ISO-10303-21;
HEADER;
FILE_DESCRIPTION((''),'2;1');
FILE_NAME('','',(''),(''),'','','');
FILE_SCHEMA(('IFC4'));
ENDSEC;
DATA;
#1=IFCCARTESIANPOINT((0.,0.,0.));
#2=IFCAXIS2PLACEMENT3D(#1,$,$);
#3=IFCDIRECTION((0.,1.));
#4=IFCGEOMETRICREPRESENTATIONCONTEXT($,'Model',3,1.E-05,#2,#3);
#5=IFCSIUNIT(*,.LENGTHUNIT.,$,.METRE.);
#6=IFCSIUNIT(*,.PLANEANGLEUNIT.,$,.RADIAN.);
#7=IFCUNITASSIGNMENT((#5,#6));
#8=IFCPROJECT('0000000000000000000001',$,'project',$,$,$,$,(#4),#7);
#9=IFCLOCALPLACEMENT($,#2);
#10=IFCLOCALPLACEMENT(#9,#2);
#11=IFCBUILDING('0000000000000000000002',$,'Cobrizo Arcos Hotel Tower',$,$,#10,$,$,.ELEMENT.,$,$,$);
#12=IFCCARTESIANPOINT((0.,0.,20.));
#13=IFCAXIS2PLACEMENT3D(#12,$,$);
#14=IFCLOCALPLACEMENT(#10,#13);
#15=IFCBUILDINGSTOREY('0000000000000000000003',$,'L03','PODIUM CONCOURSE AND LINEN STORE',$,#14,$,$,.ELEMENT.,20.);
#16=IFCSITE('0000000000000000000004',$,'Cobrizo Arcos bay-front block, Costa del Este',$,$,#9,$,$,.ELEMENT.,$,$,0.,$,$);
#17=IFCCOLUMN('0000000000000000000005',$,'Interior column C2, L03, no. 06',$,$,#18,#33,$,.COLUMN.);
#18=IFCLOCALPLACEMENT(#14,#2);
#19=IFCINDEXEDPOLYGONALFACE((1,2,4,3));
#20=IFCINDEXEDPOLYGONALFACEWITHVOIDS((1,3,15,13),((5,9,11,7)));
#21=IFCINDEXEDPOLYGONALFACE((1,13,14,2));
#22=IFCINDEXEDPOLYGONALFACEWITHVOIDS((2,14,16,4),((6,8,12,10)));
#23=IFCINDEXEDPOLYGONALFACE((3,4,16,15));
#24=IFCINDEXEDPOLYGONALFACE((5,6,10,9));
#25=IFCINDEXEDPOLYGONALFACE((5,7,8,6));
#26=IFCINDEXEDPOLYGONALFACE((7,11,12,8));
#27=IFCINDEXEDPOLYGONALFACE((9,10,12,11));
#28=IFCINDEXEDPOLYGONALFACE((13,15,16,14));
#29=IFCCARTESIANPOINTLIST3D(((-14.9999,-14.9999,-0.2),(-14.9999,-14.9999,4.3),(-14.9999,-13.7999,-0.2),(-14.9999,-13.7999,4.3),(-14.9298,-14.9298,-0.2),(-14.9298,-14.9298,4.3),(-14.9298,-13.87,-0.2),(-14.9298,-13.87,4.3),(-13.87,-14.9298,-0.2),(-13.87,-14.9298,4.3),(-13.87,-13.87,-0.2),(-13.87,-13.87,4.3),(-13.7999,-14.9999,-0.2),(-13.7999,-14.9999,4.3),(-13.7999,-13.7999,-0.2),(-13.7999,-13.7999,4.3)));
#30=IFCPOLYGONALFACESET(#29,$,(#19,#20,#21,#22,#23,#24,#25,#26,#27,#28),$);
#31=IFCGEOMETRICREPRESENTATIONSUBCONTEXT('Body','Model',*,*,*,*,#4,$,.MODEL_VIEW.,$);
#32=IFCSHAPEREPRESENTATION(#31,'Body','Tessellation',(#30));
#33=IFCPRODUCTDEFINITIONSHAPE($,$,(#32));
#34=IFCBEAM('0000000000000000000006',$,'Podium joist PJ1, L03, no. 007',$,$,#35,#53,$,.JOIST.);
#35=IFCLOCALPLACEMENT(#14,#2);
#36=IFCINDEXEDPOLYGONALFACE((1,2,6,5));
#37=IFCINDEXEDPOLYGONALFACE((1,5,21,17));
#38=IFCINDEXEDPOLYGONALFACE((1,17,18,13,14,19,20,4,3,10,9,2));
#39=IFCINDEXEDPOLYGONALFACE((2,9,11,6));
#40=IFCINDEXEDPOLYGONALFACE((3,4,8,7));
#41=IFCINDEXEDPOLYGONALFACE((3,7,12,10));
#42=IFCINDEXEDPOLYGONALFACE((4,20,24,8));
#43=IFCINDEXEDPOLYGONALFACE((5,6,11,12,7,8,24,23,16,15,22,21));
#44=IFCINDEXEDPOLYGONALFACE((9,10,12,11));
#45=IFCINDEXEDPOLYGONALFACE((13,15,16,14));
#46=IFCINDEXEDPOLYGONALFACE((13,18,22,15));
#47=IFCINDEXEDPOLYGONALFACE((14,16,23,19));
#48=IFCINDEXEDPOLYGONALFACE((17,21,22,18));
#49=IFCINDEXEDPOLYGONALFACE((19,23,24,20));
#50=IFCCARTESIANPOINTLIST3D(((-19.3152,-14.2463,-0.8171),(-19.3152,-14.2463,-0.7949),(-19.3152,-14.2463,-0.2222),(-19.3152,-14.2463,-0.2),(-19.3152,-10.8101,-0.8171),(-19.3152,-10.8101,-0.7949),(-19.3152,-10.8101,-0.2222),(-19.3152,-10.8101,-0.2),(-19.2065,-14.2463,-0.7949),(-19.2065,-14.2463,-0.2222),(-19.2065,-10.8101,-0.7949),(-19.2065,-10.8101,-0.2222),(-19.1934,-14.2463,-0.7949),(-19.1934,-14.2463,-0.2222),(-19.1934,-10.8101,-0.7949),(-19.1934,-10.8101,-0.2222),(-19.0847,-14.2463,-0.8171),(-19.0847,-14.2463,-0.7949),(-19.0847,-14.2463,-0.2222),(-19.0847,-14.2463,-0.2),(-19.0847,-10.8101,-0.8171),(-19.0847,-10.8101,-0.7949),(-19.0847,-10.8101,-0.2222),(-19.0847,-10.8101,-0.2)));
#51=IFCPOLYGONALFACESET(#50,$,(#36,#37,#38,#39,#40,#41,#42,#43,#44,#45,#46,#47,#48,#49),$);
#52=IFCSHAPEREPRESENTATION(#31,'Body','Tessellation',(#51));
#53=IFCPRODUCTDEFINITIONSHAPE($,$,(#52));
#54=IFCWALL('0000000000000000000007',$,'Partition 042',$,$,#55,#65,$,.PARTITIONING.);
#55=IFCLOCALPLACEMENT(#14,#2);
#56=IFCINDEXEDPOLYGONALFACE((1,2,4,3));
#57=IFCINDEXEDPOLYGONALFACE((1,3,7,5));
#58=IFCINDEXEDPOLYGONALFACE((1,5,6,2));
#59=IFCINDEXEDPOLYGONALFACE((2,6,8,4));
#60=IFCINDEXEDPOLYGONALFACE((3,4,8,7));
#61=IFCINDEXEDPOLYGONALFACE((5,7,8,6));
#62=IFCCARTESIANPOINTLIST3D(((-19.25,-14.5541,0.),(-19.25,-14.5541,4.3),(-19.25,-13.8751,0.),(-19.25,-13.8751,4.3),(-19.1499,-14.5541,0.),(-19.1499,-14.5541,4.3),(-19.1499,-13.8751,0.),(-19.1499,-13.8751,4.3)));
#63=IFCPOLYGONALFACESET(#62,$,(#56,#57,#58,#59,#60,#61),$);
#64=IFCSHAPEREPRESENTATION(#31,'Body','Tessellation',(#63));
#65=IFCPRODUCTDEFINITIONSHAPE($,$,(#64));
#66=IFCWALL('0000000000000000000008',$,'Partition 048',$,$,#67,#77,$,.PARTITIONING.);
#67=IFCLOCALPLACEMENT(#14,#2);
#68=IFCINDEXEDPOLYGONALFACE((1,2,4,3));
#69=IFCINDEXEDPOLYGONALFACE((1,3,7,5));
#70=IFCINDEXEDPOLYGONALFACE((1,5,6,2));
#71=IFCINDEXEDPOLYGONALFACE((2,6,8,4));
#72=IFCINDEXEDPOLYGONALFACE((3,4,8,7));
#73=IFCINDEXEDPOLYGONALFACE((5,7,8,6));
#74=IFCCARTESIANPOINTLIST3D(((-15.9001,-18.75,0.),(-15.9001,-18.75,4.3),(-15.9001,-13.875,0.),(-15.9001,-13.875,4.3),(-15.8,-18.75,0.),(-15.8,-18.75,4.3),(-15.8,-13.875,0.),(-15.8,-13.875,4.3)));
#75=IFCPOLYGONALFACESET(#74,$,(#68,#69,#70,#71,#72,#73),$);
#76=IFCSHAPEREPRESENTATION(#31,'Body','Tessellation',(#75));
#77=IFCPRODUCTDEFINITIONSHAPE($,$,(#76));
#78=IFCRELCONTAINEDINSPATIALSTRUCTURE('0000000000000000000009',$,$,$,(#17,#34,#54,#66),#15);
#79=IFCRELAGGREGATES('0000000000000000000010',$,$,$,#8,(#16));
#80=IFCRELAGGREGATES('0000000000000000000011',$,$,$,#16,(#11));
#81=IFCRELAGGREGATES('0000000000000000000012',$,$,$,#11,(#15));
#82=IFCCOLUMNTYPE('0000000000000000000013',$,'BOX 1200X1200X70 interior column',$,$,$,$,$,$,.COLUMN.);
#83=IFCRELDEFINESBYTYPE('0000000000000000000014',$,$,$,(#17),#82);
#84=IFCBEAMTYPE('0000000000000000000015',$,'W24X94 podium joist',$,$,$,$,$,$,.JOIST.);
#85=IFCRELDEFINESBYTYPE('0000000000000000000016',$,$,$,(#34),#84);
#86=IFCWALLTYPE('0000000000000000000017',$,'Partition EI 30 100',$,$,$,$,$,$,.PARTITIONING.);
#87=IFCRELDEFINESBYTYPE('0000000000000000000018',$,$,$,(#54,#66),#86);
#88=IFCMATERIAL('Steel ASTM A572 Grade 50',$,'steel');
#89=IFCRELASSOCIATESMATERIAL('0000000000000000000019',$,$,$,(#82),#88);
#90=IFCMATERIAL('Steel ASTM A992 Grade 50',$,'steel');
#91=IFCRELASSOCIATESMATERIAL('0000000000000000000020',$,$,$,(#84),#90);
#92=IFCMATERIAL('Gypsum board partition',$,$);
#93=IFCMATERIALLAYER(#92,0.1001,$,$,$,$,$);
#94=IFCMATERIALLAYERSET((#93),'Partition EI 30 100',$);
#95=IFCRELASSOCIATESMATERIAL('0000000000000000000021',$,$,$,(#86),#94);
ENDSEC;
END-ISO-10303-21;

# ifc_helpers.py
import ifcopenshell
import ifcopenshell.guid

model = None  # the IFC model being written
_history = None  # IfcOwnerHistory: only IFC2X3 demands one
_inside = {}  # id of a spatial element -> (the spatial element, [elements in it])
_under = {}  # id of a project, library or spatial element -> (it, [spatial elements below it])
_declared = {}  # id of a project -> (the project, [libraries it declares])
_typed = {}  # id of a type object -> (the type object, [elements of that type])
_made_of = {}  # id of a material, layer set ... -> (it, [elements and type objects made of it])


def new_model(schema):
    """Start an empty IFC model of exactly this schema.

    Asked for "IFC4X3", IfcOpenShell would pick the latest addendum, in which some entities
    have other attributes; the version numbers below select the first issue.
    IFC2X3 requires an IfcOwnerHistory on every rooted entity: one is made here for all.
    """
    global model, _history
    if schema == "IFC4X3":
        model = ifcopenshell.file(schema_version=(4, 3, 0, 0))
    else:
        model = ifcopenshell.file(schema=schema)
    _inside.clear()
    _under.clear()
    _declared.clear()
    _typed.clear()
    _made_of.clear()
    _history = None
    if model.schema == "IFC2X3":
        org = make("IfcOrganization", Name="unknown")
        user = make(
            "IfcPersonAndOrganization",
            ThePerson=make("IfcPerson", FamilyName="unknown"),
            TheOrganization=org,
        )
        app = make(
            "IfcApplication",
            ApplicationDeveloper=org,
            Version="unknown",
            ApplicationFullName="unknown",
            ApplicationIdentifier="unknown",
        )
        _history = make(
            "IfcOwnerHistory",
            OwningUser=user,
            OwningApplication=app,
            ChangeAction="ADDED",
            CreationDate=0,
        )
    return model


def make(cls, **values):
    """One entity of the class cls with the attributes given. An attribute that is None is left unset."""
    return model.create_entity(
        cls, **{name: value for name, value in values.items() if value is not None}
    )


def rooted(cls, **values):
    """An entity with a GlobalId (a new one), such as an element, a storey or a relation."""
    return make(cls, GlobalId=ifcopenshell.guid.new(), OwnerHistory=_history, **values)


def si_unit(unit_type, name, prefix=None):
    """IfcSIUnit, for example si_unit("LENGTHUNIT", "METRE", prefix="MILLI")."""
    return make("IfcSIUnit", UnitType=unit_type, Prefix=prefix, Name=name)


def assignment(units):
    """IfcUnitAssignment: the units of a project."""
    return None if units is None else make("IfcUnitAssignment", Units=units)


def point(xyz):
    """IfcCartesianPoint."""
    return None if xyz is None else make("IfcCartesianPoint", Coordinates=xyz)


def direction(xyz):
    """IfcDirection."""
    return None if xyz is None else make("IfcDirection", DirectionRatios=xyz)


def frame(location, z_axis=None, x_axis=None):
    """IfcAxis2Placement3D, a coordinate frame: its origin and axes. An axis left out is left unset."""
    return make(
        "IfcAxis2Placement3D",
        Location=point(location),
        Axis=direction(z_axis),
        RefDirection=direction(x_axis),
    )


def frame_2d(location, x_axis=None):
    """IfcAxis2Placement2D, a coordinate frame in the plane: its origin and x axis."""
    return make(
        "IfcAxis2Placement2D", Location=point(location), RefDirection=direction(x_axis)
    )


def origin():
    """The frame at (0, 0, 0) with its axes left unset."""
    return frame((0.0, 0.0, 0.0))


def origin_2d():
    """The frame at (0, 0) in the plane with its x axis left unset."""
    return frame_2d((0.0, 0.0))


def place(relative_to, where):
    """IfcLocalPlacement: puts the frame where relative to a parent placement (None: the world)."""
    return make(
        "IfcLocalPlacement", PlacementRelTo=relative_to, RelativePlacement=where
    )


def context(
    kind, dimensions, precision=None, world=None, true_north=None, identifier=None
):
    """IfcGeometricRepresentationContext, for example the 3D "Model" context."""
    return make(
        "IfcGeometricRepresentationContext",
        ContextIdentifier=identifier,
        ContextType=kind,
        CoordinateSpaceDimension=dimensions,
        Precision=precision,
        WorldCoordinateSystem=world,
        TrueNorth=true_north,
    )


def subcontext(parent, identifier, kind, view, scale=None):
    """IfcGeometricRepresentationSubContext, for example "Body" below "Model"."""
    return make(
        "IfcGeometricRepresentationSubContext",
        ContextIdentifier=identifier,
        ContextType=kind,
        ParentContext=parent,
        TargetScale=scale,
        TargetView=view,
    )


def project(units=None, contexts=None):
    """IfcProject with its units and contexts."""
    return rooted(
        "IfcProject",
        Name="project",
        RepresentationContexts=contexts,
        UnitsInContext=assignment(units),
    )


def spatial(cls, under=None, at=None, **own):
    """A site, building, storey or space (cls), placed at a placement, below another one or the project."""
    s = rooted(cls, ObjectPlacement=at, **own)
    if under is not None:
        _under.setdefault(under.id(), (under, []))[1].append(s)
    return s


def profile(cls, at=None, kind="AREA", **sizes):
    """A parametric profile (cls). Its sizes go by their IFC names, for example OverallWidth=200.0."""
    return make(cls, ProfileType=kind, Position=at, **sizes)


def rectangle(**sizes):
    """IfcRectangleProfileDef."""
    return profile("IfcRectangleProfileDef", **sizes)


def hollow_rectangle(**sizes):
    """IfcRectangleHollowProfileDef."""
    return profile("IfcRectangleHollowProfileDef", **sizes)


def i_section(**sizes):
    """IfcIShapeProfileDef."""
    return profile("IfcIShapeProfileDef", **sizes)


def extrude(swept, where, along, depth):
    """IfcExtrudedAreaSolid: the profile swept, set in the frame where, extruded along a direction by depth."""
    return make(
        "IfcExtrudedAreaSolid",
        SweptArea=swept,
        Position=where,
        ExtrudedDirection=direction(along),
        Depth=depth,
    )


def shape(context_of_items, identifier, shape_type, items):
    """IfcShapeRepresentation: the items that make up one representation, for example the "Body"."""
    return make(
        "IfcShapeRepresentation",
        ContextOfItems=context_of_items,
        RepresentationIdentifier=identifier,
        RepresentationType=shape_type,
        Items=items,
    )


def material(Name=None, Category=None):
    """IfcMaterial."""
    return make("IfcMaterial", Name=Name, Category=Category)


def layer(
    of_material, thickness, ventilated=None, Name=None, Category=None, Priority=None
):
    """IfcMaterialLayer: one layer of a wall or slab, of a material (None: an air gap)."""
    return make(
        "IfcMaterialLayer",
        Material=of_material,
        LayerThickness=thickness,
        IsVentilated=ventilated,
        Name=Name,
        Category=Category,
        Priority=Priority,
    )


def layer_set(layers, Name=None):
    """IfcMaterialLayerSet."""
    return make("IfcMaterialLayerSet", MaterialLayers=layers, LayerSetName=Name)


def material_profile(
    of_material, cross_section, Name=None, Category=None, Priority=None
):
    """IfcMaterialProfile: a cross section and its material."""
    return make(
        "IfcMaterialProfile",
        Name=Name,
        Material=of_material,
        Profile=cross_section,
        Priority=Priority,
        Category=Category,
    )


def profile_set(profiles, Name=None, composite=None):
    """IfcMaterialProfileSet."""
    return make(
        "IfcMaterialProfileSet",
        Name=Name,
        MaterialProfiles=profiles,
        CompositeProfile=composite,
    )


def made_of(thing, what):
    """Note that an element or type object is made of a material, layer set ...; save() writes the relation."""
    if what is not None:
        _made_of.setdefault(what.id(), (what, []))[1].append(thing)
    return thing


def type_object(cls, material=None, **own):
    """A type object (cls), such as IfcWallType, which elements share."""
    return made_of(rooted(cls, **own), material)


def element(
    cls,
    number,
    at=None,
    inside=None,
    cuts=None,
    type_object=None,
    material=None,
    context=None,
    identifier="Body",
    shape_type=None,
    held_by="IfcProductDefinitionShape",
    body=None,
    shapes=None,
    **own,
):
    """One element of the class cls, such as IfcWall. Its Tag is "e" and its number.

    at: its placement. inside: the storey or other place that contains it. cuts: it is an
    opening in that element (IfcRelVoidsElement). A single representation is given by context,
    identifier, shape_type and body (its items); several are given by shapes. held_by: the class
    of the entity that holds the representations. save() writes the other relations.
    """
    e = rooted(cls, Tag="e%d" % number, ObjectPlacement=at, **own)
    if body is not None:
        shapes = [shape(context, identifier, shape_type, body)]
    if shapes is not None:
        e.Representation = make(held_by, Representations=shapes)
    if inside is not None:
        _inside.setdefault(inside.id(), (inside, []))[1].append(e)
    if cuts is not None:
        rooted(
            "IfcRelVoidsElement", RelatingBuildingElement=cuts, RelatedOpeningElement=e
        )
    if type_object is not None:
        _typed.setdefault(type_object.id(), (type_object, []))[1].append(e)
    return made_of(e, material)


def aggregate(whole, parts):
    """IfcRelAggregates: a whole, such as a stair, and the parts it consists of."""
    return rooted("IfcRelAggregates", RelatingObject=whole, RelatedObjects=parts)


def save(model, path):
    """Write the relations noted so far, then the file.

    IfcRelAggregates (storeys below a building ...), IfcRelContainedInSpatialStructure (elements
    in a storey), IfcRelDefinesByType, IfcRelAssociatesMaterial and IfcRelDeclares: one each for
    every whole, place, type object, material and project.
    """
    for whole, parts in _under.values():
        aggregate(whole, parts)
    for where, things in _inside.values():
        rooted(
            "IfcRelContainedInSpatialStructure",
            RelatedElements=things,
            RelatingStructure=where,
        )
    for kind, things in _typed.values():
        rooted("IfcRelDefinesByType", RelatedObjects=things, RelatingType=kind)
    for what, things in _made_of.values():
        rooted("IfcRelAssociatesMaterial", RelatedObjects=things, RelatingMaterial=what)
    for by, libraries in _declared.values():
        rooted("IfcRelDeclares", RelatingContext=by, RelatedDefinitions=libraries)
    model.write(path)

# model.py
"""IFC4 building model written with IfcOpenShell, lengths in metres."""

from ifc_helpers import new_model, si_unit, direction, frame, frame_2d, origin, origin_2d, place, context, subcontext, project, spatial, rectangle, hollow_rectangle, i_section, extrude, material, layer, layer_set, material_profile, profile_set, type_object, element, save


model = new_model("IFC4")

# Units and contexts
model_context = context("Model", 3, precision=1e-05, world=origin(), true_north=direction((0.0, 1.0)))
body_context = subcontext(model_context, "Body", "Model", "MODEL_VIEW")
ifc_project = project(units=[si_unit("LENGTHUNIT", "METRE"), si_unit("PLANEANGLEUNIT", "RADIAN")], contexts=[model_context])

# Site, building, storey
site_placement = place(None, origin())
site = spatial("IfcSite", under=ifc_project, at=site_placement, Name="Cobrizo Arcos bay-front block, Costa del Este", CompositionType="ELEMENT", RefElevation=0.0)
building_placement = place(site_placement, origin())
building = spatial("IfcBuilding", under=site, at=building_placement, Name="Cobrizo Arcos Hotel Tower", CompositionType="ELEMENT")
storey_placement = place(building_placement, frame((0.0, 0.0, 20.0)))
storey = spatial("IfcBuildingStorey", under=building, at=storey_placement, Name="L03", Description="PODIUM CONCOURSE AND LINEN STORE", CompositionType="ELEMENT", Elevation=20.0)

# Column
ifc_material_1 = material(Name="Steel ASTM A572 Grade 50", Category="steel")
ifc_material_profile_1 = material_profile(ifc_material_1, hollow_rectangle(XDim=1.2, YDim=1.2, WallThickness=0.0701, at=origin_2d()), Name="BOX 1200X1200X70")
ifc_profile_set_1 = profile_set([ifc_material_profile_1], Name="Steel ASTM A572 Grade 50")
column_type = type_object("IfcColumnType", Name="BOX 1200X1200X70 interior column", PredefinedType="COLUMN", material=ifc_profile_set_1)
column_placement = place(storey_placement, frame((-14.3999, -14.3999, -0.2), z_axis=(0.0, 0.0, 1.0), x_axis=(1.0, 0.0, 0.0)))
element("IfcColumn", 1, at=column_placement, inside=storey, type_object=column_type, Name="Interior column C2, L03, no. 06", PredefinedType="COLUMN", context=body_context, shape_type="SweptSolid", body=[
    extrude(hollow_rectangle(XDim=1.2, YDim=1.2, WallThickness=0.0701, at=origin_2d()), origin(), (0.0, 0.0, 1.0), 4.5),
])

# Beam
ifc_material_2 = material(Name="Steel ASTM A992 Grade 50", Category="steel")
ifc_material_profile_2 = material_profile(ifc_material_2, i_section(OverallWidth=0.2305, OverallDepth=0.6172, WebThickness=0.0132, FlangeThickness=0.0222, at=origin_2d()), Name="W24X94")
ifc_profile_set_2 = profile_set([ifc_material_profile_2], Name="Steel ASTM A992 Grade 50")
beam_type = type_object("IfcBeamType", Name="W24X94 podium joist", PredefinedType="JOIST", material=ifc_profile_set_2)
beam_placement = place(storey_placement, frame((-19.2, -14.2463, -0.5085), z_axis=(0.0, 1.0, 0.0), x_axis=(-1.0, 0.0, 0.0)))
element("IfcBeam", 2, at=beam_placement, inside=storey, type_object=beam_type, Name="Podium joist PJ1, L03, no. 007", PredefinedType="JOIST", context=body_context, shape_type="SweptSolid", body=[
    extrude(i_section(OverallWidth=0.2305, OverallDepth=0.6172, WebThickness=0.0132, FlangeThickness=0.0222, at=origin_2d()), origin(), (0.0, 0.0, 1.0), 3.4363),
])

# Walls
ifc_material_3 = material(Name="Gypsum board partition")
ifc_layer_1 = layer(ifc_material_3, 0.1001)
ifc_layer_set_1 = layer_set([ifc_layer_1], Name="Partition EI 30 100")
wall_type_1 = type_object("IfcWallType", Name="Partition EI 30 100", PredefinedType="PARTITIONING", material=ifc_layer_set_1)
wall_1_placement = place(storey_placement, frame((-19.2, -14.554, 0.0), z_axis=(0.0, 0.0, 1.0), x_axis=(0.0, 1.0, 0.0)))
element("IfcWall", 3, at=wall_1_placement, inside=storey, type_object=wall_type_1, Name="Partition 042", PredefinedType="PARTITIONING", context=body_context, shape_type="SweptSolid", body=[
    extrude(rectangle(XDim=0.679, YDim=0.1001, at=frame_2d((0.3394, 0.0))), origin(), (0.0, 0.0, 1.0), 4.3),
])
wall_2_placement = place(storey_placement, frame((-15.8501, -18.75, 0.0), z_axis=(0.0, 0.0, 1.0), x_axis=(0.0, 1.0, 0.0)))
element("IfcWall", 4, at=wall_2_placement, inside=storey, type_object=wall_type_1, Name="Partition 048", PredefinedType="PARTITIONING", context=body_context, shape_type="SweptSolid", body=[
    extrude(rectangle(XDim=4.875, YDim=0.1001, at=frame_2d((2.4375, 0.0))), origin(), (0.0, 0.0, 1.0), 4.3),
])

save(model, "model.ifc")
